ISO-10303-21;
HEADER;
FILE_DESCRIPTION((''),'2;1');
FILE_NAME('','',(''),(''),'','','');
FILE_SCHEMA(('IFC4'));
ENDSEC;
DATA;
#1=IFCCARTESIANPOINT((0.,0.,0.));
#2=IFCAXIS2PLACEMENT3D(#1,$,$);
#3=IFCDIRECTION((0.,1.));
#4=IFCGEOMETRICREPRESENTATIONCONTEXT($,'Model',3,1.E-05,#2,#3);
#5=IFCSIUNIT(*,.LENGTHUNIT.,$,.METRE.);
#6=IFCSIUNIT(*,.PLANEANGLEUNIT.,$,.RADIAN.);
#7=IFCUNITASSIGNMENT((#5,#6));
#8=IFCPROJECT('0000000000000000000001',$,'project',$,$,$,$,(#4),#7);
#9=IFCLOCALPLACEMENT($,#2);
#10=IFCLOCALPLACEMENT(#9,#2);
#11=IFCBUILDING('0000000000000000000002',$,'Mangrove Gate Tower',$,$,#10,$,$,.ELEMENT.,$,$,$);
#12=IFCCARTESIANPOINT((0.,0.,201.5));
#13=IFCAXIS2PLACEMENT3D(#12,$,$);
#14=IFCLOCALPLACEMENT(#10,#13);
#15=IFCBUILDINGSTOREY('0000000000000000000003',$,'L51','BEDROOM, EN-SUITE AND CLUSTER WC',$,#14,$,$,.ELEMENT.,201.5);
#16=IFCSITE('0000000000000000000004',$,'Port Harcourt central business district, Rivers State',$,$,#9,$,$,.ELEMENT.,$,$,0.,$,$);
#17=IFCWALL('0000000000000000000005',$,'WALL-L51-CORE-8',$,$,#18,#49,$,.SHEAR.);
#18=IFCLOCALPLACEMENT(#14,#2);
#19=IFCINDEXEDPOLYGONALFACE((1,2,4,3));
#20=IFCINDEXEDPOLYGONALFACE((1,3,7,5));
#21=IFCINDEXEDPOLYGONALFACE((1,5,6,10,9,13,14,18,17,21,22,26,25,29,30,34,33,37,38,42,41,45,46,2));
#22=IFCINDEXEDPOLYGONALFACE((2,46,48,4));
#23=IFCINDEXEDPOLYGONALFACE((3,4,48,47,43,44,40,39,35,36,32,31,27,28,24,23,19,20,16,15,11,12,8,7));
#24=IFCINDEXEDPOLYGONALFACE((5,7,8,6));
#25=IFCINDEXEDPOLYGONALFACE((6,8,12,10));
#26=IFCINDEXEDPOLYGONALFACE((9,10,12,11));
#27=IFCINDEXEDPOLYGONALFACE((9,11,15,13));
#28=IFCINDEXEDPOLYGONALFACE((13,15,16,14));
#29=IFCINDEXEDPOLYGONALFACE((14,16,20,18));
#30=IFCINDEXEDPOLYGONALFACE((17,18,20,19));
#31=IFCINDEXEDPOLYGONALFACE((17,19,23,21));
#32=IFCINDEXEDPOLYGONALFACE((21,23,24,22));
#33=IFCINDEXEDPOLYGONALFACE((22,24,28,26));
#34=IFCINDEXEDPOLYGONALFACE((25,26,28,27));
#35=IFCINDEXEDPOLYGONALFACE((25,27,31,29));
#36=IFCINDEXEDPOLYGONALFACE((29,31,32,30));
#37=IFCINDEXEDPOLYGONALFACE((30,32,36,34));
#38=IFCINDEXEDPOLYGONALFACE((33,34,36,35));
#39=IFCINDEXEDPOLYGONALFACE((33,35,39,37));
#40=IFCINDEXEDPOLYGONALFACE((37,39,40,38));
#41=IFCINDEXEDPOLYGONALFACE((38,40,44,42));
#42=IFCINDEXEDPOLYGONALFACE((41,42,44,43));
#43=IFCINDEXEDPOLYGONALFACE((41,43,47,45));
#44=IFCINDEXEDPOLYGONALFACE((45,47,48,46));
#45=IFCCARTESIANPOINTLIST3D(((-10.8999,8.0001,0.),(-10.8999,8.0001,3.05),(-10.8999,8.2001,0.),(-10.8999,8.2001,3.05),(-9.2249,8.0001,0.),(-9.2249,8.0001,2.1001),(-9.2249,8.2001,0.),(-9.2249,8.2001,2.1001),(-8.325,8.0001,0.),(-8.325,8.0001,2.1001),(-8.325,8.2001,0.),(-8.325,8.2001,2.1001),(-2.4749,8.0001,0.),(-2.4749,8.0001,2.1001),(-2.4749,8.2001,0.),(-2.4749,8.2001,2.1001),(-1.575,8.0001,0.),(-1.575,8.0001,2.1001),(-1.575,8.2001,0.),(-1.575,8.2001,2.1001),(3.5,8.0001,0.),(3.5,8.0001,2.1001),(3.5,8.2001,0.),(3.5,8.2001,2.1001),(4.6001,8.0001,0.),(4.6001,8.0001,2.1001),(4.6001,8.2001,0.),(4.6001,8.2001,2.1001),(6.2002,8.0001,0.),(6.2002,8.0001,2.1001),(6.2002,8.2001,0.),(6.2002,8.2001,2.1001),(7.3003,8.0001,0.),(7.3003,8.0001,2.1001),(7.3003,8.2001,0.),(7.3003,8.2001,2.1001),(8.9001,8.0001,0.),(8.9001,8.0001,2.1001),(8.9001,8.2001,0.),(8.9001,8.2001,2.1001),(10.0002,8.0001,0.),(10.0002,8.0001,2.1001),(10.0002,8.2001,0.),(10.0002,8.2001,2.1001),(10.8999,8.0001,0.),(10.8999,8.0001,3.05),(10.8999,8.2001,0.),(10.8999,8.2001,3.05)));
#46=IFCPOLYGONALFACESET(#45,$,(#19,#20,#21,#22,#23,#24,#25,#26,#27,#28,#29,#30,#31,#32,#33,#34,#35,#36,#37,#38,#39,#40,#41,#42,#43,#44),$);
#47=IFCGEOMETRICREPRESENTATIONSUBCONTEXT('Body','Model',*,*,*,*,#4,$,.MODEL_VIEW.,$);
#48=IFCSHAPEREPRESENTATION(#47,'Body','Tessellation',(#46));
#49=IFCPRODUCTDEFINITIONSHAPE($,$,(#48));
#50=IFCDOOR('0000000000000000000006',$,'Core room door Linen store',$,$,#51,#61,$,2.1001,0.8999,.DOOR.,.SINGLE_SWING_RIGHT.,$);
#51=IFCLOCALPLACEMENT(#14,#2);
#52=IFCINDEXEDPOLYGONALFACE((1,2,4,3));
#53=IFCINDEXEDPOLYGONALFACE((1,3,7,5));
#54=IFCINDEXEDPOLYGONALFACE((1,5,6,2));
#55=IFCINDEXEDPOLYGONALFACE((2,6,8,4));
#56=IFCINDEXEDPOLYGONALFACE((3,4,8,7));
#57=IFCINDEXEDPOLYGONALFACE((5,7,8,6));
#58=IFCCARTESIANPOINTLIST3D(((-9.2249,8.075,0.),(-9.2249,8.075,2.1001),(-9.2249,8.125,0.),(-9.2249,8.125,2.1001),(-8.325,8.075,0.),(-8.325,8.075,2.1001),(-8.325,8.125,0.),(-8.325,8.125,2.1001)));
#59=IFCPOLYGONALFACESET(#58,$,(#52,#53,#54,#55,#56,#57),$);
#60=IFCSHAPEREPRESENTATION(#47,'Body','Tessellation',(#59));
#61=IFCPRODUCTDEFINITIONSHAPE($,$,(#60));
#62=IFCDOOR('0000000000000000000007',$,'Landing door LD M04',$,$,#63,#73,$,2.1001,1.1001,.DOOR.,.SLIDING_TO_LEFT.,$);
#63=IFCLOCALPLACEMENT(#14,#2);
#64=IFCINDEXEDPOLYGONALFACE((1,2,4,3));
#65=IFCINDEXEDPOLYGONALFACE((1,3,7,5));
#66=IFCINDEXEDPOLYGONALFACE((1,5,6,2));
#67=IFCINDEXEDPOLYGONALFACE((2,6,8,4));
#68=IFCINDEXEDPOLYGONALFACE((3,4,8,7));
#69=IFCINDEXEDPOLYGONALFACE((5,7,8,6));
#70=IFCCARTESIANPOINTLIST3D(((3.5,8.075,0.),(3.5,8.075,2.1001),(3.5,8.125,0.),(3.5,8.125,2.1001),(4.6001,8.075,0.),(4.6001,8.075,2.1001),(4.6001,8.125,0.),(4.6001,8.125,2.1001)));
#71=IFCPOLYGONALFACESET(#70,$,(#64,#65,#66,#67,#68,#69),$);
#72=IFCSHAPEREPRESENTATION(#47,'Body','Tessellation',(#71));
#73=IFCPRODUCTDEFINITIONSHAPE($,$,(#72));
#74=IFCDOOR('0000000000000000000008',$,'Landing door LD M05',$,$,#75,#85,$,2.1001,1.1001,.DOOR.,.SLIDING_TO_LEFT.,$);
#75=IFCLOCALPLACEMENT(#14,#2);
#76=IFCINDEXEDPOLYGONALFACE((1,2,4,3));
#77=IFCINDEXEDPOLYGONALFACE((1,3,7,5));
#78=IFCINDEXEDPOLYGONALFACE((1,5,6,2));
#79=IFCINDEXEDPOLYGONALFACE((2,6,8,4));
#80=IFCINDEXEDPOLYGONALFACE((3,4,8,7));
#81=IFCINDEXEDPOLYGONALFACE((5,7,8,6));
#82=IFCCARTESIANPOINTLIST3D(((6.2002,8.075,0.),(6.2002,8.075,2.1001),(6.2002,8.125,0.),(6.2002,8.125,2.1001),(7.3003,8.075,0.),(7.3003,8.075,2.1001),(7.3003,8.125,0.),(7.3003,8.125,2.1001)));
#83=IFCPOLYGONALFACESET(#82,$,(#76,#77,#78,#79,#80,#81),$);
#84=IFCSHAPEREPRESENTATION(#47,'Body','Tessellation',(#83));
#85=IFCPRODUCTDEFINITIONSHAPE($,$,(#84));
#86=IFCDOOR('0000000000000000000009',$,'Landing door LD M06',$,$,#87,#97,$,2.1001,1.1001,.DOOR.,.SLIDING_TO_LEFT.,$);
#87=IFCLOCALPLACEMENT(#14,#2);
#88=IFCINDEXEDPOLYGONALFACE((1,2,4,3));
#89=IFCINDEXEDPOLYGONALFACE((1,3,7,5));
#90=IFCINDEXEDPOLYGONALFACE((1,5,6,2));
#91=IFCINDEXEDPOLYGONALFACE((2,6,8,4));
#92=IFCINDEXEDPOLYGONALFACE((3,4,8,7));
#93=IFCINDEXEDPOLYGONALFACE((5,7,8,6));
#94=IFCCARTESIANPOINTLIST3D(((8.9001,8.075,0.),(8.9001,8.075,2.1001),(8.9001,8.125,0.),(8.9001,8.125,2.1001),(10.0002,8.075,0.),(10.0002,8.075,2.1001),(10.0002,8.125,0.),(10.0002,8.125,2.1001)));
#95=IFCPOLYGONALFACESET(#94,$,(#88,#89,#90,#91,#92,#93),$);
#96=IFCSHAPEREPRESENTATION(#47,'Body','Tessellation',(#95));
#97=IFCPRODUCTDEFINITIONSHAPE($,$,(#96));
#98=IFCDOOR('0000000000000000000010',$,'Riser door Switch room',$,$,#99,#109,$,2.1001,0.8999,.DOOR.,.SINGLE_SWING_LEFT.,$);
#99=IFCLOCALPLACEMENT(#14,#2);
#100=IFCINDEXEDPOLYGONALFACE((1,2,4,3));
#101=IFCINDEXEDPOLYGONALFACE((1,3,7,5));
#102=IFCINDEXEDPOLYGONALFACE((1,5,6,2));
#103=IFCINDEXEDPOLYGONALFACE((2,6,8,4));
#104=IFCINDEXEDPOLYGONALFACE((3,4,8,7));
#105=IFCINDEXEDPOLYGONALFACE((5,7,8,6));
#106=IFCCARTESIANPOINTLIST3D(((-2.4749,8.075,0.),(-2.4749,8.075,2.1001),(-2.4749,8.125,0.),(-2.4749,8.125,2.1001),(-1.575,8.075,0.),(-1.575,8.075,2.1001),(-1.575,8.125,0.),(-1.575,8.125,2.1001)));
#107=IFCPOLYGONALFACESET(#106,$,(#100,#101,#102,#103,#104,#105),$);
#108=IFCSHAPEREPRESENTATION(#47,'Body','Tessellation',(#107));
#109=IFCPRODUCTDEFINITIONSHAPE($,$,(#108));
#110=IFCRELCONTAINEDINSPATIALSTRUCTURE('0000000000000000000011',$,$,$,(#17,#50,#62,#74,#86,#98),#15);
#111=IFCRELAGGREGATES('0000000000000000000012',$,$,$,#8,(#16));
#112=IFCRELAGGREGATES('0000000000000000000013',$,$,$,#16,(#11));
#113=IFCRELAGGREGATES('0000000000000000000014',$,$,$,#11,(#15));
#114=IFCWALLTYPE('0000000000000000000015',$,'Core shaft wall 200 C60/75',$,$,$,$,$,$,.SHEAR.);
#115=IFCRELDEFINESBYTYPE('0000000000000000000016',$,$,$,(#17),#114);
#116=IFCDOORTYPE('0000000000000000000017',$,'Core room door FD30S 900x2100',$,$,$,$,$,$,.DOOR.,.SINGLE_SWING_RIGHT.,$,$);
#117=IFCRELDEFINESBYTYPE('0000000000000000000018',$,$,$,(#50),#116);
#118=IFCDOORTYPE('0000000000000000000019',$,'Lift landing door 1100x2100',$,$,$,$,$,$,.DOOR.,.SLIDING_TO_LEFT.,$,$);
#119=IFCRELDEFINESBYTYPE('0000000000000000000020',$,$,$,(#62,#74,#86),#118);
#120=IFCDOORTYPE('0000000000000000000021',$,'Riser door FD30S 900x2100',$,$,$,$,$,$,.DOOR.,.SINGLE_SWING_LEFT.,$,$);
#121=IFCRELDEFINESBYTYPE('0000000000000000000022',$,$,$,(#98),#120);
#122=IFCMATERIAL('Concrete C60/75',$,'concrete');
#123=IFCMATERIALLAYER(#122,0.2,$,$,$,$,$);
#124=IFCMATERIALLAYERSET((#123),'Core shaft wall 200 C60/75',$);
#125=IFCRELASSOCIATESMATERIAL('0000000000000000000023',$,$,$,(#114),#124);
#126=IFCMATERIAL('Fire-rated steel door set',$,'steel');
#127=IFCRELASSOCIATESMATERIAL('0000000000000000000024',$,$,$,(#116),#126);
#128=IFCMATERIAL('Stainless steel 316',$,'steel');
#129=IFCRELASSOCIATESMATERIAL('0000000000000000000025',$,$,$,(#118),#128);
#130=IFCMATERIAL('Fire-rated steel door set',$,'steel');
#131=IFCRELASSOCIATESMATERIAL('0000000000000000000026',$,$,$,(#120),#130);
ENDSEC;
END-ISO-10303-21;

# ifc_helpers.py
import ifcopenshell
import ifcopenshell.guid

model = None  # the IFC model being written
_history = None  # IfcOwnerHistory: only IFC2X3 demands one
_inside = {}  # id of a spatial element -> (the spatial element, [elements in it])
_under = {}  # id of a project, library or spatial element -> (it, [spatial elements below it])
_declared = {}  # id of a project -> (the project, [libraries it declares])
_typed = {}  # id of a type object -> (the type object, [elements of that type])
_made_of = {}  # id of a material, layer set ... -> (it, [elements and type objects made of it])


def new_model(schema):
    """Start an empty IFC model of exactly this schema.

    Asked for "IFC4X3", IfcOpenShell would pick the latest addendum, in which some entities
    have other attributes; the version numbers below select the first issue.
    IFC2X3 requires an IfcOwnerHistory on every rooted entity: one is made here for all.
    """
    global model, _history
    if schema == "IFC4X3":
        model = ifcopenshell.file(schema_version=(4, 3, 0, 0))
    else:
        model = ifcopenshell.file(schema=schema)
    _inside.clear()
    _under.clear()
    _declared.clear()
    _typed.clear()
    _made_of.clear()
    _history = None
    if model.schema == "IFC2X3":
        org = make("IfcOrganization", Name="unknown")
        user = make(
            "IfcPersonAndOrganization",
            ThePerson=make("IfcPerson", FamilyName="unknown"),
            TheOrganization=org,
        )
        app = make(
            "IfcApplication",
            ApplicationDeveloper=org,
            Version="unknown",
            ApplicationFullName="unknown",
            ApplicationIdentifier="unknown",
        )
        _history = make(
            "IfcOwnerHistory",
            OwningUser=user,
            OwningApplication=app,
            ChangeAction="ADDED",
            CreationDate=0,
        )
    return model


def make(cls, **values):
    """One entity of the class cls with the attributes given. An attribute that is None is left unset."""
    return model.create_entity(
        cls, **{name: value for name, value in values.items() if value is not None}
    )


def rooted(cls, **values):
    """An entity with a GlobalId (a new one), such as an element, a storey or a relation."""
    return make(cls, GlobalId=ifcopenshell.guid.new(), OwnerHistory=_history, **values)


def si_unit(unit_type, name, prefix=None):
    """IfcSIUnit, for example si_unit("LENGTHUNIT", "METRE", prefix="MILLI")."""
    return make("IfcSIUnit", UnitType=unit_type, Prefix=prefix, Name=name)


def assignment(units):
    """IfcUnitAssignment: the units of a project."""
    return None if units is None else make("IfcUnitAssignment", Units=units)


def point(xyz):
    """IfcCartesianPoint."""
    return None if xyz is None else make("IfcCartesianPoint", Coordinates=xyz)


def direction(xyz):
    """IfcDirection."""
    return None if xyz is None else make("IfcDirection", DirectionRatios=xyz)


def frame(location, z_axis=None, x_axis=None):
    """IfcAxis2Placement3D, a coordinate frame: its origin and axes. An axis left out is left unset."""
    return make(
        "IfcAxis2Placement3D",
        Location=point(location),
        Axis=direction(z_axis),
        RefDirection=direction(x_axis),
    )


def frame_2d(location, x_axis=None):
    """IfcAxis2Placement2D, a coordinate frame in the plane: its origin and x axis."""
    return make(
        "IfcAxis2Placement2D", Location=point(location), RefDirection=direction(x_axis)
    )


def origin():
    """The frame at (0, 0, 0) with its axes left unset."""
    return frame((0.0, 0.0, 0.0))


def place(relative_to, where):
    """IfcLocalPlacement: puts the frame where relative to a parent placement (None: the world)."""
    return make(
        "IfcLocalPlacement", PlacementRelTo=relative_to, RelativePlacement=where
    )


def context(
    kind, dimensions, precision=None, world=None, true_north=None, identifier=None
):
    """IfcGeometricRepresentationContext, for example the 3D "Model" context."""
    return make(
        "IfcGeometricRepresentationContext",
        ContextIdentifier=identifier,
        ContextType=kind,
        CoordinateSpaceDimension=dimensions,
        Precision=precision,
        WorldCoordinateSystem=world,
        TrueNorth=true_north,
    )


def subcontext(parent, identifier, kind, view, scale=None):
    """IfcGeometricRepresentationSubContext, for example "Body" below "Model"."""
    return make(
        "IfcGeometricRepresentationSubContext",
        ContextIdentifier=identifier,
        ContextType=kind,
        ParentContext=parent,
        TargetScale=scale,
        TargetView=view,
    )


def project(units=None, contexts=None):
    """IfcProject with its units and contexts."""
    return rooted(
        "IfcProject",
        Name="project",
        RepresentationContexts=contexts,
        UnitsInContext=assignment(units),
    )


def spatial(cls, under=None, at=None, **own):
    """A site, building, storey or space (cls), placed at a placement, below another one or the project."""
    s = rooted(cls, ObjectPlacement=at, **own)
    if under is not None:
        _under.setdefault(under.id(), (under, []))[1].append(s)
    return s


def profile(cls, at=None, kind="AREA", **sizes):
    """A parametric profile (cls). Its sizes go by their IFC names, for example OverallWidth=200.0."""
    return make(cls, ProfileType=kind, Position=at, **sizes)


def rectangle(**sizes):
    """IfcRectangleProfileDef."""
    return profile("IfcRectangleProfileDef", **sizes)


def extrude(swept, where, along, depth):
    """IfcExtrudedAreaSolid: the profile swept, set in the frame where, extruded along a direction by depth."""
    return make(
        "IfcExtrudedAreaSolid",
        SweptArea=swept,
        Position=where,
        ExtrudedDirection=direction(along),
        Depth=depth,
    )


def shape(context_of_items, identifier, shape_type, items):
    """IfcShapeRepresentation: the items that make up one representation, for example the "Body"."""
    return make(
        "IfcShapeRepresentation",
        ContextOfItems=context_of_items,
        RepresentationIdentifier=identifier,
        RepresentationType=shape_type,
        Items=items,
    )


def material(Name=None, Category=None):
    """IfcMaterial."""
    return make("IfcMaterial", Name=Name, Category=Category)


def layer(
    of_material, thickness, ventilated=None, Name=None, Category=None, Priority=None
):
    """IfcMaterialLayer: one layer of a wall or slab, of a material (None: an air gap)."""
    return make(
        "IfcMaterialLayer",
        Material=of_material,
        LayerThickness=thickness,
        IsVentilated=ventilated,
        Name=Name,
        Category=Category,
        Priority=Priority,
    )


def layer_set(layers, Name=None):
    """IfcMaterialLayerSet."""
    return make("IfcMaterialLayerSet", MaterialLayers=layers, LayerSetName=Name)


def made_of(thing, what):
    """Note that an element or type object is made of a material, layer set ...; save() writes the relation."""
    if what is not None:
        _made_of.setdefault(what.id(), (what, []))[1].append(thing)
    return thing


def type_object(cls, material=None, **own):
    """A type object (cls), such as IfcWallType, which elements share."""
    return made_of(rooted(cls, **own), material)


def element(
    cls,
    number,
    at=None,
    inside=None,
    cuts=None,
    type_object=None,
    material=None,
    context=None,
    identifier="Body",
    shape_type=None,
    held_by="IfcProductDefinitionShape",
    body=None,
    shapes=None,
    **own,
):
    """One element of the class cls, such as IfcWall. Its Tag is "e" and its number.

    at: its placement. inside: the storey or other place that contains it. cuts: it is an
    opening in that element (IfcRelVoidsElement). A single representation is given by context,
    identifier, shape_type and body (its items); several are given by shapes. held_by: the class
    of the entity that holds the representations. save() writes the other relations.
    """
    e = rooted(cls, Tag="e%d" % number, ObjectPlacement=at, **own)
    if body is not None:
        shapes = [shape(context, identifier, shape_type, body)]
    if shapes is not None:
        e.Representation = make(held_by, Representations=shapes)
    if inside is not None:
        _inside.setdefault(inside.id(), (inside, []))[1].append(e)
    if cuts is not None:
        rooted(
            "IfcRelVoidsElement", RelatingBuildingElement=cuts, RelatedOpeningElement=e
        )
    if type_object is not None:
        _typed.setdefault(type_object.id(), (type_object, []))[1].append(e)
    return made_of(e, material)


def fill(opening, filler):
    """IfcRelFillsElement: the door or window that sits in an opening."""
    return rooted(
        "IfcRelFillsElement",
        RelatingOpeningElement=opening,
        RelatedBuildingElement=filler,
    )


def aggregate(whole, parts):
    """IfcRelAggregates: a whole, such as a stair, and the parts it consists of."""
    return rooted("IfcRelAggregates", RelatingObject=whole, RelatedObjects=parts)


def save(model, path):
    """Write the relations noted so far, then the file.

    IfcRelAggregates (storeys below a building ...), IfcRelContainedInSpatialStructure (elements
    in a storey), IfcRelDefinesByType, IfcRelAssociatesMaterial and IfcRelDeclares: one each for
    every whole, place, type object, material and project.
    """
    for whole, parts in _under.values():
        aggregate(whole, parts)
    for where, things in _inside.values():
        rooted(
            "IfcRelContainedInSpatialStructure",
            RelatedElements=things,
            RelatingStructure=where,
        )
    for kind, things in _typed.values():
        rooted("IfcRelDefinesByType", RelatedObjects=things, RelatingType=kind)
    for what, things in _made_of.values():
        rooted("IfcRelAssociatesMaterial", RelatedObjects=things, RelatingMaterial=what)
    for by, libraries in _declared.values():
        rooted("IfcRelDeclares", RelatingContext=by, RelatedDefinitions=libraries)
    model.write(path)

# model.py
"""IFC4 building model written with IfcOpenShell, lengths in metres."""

from ifc_helpers import new_model, si_unit, direction, frame, frame_2d, origin, place, context, subcontext, project, spatial, rectangle, extrude, material, layer, layer_set, type_object, element, fill, save


model = new_model("IFC4")

# Units and contexts
model_context = context("Model", 3, precision=1e-05, world=origin(), true_north=direction((0.0, 1.0)))
body_context = subcontext(model_context, "Body", "Model", "MODEL_VIEW")
ifc_project = project(units=[si_unit("LENGTHUNIT", "METRE"), si_unit("PLANEANGLEUNIT", "RADIAN")], contexts=[model_context])

# Site, building, storey
site_placement = place(None, origin())
site = spatial("IfcSite", under=ifc_project, at=site_placement, Name="Port Harcourt central business district, Rivers State", CompositionType="ELEMENT", RefElevation=0.0)
building_placement = place(site_placement, origin())
building = spatial("IfcBuilding", under=site, at=building_placement, Name="Mangrove Gate Tower", CompositionType="ELEMENT")
storey_placement = place(building_placement, frame((0.0, 0.0, 201.5)))
storey = spatial("IfcBuildingStorey", under=building, at=storey_placement, Name="L51", Description="BEDROOM, EN-SUITE AND CLUSTER WC", CompositionType="ELEMENT", Elevation=201.5)

# Wall, openings, doors
ifc_material_1 = material(Name="Concrete C60/75", Category="concrete")
ifc_layer_1 = layer(ifc_material_1, 0.2)
ifc_layer_set_1 = layer_set([ifc_layer_1], Name="Core shaft wall 200 C60/75")
wall_type_1 = type_object("IfcWallType", Name="Core shaft wall 200 C60/75", PredefinedType="SHEAR", material=ifc_layer_set_1)
ifc_material_2 = material(Name="Fire-rated steel door set", Category="steel")
door_type_1 = type_object("IfcDoorType", Name="Core room door FD30S 900x2100", OperationType="SINGLE_SWING_RIGHT", PredefinedType="DOOR", material=ifc_material_2)
ifc_material_3 = material(Name="Stainless steel 316", Category="steel")
door_type_2 = type_object("IfcDoorType", Name="Lift landing door 1100x2100", OperationType="SLIDING_TO_LEFT", PredefinedType="DOOR", material=ifc_material_3)
ifc_material_4 = material(Name="Fire-rated steel door set", Category="steel")
door_type_3 = type_object("IfcDoorType", Name="Riser door FD30S 900x2100", OperationType="SINGLE_SWING_LEFT", PredefinedType="DOOR", material=ifc_material_4)
wall_1_placement = place(storey_placement, frame((-10.8999, 8.1001, 0.0), z_axis=(0.0, 0.0, 1.0), x_axis=(1.0, 0.0, 0.0)))
wall_1 = element("IfcWall", 1, at=wall_1_placement, inside=storey, type_object=wall_type_1, Name="WALL-L51-CORE-8", PredefinedType="SHEAR", context=body_context, shape_type="SweptSolid", body=[
    extrude(rectangle(XDim=21.7998, YDim=0.2, at=frame_2d((10.8999, 0.0))), origin(), (0.0, 0.0, 1.0), 3.05),
])
opening_1_placement = place(wall_1_placement, frame((14.3999, 0.0, 0.0)))
opening_1 = element("IfcOpeningElement", 2, at=opening_1_placement, cuts=wall_1, PredefinedType="OPENING", context=body_context, shape_type="SweptSolid", body=[
    extrude(rectangle(XDim=1.1001, YDim=2.1001, at=frame_2d((0.55, 1.05))), frame((0.0, 0.1099, 0.0), z_axis=(0.0, -1.0, 0.0), x_axis=(1.0, 0.0, 0.0)), (0.0, 0.0, 1.0), 0.22),
])
opening_2_placement = place(wall_1_placement, frame((17.1001, 0.0, 0.0)))
opening_2 = element("IfcOpeningElement", 3, at=opening_2_placement, cuts=wall_1, PredefinedType="OPENING", context=body_context, shape_type="SweptSolid", body=[
    extrude(rectangle(XDim=1.1001, YDim=2.1001, at=frame_2d((0.55, 1.05))), frame((0.0, 0.1099, 0.0), z_axis=(0.0, -1.0, 0.0), x_axis=(1.0, 0.0, 0.0)), (0.0, 0.0, 1.0), 0.22),
])
opening_3_placement = place(wall_1_placement, frame((19.8, 0.0, 0.0)))
opening_3 = element("IfcOpeningElement", 4, at=opening_3_placement, cuts=wall_1, PredefinedType="OPENING", context=body_context, shape_type="SweptSolid", body=[
    extrude(rectangle(XDim=1.1001, YDim=2.1001, at=frame_2d((0.55, 1.05))), frame((0.0, 0.1099, 0.0), z_axis=(0.0, -1.0, 0.0), x_axis=(1.0, 0.0, 0.0)), (0.0, 0.0, 1.0), 0.22),
])
opening_4_placement = place(wall_1_placement, frame((1.675, 0.0, 0.0)))
opening_4 = element("IfcOpeningElement", 5, at=opening_4_placement, cuts=wall_1, PredefinedType="OPENING", context=body_context, shape_type="SweptSolid", body=[
    extrude(rectangle(XDim=0.8999, YDim=2.1001, at=frame_2d((0.45, 1.05))), frame((0.0, 0.1099, 0.0), z_axis=(0.0, -1.0, 0.0), x_axis=(1.0, 0.0, 0.0)), (0.0, 0.0, 1.0), 0.22),
])
opening_5_placement = place(wall_1_placement, frame((8.425, 0.0, 0.0)))
opening_5 = element("IfcOpeningElement", 6, at=opening_5_placement, cuts=wall_1, PredefinedType="OPENING", context=body_context, shape_type="SweptSolid", body=[
    extrude(rectangle(XDim=0.8999, YDim=2.1001, at=frame_2d((0.45, 1.05))), frame((0.0, 0.1099, 0.0), z_axis=(0.0, -1.0, 0.0), x_axis=(1.0, 0.0, 0.0)), (0.0, 0.0, 1.0), 0.22),
])
door_1_placement = place(opening_4_placement, origin())
door_1 = element("IfcDoor", 7, at=door_1_placement, inside=storey, type_object=door_type_1, Name="Core room door Linen store", OperationType="SINGLE_SWING_RIGHT", OverallHeight=2.1001, OverallWidth=0.8999, PredefinedType="DOOR", context=body_context, shape_type="SweptSolid", body=[
    extrude(rectangle(XDim=0.8999, YDim=2.1001, at=frame_2d((0.45, 1.05))), frame((0.0, 0.0249, 0.0), z_axis=(0.0, -1.0, 0.0), x_axis=(1.0, 0.0, 0.0)), (0.0, 0.0, 1.0), 0.05),
])
fill(opening_4, door_1)
door_2_placement = place(opening_1_placement, origin())
door_2 = element("IfcDoor", 8, at=door_2_placement, inside=storey, type_object=door_type_2, Name="Landing door LD M04", OperationType="SLIDING_TO_LEFT", OverallHeight=2.1001, OverallWidth=1.1001, PredefinedType="DOOR", context=body_context, shape_type="SweptSolid", body=[
    extrude(rectangle(XDim=1.1001, YDim=2.1001, at=frame_2d((0.55, 1.05))), frame((0.0, 0.0249, 0.0), z_axis=(0.0, -1.0, 0.0), x_axis=(1.0, 0.0, 0.0)), (0.0, 0.0, 1.0), 0.05),
])
fill(opening_1, door_2)
door_3_placement = place(opening_2_placement, origin())
door_3 = element("IfcDoor", 9, at=door_3_placement, inside=storey, type_object=door_type_2, Name="Landing door LD M05", OperationType="SLIDING_TO_LEFT", OverallHeight=2.1001, OverallWidth=1.1001, PredefinedType="DOOR", context=body_context, shape_type="SweptSolid", body=[
    extrude(rectangle(XDim=1.1001, YDim=2.1001, at=frame_2d((0.55, 1.05))), frame((0.0, 0.0249, 0.0), z_axis=(0.0, -1.0, 0.0), x_axis=(1.0, 0.0, 0.0)), (0.0, 0.0, 1.0), 0.05),
])
fill(opening_2, door_3)
door_4_placement = place(opening_3_placement, origin())
door_4 = element("IfcDoor", 10, at=door_4_placement, inside=storey, type_object=door_type_2, Name="Landing door LD M06", OperationType="SLIDING_TO_LEFT", OverallHeight=2.1001, OverallWidth=1.1001, PredefinedType="DOOR", context=body_context, shape_type="SweptSolid", body=[
    extrude(rectangle(XDim=1.1001, YDim=2.1001, at=frame_2d((0.55, 1.05))), frame((0.0, 0.0249, 0.0), z_axis=(0.0, -1.0, 0.0), x_axis=(1.0, 0.0, 0.0)), (0.0, 0.0, 1.0), 0.05),
])
fill(opening_3, door_4)
door_5_placement = place(opening_5_placement, origin())
door_5 = element("IfcDoor", 11, at=door_5_placement, inside=storey, type_object=door_type_3, Name="Riser door Switch room", OperationType="SINGLE_SWING_LEFT", OverallHeight=2.1001, OverallWidth=0.8999, PredefinedType="DOOR", context=body_context, shape_type="SweptSolid", body=[
    extrude(rectangle(XDim=0.8999, YDim=2.1001, at=frame_2d((0.45, 1.05))), frame((0.0, 0.0249, 0.0), z_axis=(0.0, -1.0, 0.0), x_axis=(1.0, 0.0, 0.0)), (0.0, 0.0, 1.0), 0.05),
])
fill(opening_5, door_5)

save(model, "model.ifc")
